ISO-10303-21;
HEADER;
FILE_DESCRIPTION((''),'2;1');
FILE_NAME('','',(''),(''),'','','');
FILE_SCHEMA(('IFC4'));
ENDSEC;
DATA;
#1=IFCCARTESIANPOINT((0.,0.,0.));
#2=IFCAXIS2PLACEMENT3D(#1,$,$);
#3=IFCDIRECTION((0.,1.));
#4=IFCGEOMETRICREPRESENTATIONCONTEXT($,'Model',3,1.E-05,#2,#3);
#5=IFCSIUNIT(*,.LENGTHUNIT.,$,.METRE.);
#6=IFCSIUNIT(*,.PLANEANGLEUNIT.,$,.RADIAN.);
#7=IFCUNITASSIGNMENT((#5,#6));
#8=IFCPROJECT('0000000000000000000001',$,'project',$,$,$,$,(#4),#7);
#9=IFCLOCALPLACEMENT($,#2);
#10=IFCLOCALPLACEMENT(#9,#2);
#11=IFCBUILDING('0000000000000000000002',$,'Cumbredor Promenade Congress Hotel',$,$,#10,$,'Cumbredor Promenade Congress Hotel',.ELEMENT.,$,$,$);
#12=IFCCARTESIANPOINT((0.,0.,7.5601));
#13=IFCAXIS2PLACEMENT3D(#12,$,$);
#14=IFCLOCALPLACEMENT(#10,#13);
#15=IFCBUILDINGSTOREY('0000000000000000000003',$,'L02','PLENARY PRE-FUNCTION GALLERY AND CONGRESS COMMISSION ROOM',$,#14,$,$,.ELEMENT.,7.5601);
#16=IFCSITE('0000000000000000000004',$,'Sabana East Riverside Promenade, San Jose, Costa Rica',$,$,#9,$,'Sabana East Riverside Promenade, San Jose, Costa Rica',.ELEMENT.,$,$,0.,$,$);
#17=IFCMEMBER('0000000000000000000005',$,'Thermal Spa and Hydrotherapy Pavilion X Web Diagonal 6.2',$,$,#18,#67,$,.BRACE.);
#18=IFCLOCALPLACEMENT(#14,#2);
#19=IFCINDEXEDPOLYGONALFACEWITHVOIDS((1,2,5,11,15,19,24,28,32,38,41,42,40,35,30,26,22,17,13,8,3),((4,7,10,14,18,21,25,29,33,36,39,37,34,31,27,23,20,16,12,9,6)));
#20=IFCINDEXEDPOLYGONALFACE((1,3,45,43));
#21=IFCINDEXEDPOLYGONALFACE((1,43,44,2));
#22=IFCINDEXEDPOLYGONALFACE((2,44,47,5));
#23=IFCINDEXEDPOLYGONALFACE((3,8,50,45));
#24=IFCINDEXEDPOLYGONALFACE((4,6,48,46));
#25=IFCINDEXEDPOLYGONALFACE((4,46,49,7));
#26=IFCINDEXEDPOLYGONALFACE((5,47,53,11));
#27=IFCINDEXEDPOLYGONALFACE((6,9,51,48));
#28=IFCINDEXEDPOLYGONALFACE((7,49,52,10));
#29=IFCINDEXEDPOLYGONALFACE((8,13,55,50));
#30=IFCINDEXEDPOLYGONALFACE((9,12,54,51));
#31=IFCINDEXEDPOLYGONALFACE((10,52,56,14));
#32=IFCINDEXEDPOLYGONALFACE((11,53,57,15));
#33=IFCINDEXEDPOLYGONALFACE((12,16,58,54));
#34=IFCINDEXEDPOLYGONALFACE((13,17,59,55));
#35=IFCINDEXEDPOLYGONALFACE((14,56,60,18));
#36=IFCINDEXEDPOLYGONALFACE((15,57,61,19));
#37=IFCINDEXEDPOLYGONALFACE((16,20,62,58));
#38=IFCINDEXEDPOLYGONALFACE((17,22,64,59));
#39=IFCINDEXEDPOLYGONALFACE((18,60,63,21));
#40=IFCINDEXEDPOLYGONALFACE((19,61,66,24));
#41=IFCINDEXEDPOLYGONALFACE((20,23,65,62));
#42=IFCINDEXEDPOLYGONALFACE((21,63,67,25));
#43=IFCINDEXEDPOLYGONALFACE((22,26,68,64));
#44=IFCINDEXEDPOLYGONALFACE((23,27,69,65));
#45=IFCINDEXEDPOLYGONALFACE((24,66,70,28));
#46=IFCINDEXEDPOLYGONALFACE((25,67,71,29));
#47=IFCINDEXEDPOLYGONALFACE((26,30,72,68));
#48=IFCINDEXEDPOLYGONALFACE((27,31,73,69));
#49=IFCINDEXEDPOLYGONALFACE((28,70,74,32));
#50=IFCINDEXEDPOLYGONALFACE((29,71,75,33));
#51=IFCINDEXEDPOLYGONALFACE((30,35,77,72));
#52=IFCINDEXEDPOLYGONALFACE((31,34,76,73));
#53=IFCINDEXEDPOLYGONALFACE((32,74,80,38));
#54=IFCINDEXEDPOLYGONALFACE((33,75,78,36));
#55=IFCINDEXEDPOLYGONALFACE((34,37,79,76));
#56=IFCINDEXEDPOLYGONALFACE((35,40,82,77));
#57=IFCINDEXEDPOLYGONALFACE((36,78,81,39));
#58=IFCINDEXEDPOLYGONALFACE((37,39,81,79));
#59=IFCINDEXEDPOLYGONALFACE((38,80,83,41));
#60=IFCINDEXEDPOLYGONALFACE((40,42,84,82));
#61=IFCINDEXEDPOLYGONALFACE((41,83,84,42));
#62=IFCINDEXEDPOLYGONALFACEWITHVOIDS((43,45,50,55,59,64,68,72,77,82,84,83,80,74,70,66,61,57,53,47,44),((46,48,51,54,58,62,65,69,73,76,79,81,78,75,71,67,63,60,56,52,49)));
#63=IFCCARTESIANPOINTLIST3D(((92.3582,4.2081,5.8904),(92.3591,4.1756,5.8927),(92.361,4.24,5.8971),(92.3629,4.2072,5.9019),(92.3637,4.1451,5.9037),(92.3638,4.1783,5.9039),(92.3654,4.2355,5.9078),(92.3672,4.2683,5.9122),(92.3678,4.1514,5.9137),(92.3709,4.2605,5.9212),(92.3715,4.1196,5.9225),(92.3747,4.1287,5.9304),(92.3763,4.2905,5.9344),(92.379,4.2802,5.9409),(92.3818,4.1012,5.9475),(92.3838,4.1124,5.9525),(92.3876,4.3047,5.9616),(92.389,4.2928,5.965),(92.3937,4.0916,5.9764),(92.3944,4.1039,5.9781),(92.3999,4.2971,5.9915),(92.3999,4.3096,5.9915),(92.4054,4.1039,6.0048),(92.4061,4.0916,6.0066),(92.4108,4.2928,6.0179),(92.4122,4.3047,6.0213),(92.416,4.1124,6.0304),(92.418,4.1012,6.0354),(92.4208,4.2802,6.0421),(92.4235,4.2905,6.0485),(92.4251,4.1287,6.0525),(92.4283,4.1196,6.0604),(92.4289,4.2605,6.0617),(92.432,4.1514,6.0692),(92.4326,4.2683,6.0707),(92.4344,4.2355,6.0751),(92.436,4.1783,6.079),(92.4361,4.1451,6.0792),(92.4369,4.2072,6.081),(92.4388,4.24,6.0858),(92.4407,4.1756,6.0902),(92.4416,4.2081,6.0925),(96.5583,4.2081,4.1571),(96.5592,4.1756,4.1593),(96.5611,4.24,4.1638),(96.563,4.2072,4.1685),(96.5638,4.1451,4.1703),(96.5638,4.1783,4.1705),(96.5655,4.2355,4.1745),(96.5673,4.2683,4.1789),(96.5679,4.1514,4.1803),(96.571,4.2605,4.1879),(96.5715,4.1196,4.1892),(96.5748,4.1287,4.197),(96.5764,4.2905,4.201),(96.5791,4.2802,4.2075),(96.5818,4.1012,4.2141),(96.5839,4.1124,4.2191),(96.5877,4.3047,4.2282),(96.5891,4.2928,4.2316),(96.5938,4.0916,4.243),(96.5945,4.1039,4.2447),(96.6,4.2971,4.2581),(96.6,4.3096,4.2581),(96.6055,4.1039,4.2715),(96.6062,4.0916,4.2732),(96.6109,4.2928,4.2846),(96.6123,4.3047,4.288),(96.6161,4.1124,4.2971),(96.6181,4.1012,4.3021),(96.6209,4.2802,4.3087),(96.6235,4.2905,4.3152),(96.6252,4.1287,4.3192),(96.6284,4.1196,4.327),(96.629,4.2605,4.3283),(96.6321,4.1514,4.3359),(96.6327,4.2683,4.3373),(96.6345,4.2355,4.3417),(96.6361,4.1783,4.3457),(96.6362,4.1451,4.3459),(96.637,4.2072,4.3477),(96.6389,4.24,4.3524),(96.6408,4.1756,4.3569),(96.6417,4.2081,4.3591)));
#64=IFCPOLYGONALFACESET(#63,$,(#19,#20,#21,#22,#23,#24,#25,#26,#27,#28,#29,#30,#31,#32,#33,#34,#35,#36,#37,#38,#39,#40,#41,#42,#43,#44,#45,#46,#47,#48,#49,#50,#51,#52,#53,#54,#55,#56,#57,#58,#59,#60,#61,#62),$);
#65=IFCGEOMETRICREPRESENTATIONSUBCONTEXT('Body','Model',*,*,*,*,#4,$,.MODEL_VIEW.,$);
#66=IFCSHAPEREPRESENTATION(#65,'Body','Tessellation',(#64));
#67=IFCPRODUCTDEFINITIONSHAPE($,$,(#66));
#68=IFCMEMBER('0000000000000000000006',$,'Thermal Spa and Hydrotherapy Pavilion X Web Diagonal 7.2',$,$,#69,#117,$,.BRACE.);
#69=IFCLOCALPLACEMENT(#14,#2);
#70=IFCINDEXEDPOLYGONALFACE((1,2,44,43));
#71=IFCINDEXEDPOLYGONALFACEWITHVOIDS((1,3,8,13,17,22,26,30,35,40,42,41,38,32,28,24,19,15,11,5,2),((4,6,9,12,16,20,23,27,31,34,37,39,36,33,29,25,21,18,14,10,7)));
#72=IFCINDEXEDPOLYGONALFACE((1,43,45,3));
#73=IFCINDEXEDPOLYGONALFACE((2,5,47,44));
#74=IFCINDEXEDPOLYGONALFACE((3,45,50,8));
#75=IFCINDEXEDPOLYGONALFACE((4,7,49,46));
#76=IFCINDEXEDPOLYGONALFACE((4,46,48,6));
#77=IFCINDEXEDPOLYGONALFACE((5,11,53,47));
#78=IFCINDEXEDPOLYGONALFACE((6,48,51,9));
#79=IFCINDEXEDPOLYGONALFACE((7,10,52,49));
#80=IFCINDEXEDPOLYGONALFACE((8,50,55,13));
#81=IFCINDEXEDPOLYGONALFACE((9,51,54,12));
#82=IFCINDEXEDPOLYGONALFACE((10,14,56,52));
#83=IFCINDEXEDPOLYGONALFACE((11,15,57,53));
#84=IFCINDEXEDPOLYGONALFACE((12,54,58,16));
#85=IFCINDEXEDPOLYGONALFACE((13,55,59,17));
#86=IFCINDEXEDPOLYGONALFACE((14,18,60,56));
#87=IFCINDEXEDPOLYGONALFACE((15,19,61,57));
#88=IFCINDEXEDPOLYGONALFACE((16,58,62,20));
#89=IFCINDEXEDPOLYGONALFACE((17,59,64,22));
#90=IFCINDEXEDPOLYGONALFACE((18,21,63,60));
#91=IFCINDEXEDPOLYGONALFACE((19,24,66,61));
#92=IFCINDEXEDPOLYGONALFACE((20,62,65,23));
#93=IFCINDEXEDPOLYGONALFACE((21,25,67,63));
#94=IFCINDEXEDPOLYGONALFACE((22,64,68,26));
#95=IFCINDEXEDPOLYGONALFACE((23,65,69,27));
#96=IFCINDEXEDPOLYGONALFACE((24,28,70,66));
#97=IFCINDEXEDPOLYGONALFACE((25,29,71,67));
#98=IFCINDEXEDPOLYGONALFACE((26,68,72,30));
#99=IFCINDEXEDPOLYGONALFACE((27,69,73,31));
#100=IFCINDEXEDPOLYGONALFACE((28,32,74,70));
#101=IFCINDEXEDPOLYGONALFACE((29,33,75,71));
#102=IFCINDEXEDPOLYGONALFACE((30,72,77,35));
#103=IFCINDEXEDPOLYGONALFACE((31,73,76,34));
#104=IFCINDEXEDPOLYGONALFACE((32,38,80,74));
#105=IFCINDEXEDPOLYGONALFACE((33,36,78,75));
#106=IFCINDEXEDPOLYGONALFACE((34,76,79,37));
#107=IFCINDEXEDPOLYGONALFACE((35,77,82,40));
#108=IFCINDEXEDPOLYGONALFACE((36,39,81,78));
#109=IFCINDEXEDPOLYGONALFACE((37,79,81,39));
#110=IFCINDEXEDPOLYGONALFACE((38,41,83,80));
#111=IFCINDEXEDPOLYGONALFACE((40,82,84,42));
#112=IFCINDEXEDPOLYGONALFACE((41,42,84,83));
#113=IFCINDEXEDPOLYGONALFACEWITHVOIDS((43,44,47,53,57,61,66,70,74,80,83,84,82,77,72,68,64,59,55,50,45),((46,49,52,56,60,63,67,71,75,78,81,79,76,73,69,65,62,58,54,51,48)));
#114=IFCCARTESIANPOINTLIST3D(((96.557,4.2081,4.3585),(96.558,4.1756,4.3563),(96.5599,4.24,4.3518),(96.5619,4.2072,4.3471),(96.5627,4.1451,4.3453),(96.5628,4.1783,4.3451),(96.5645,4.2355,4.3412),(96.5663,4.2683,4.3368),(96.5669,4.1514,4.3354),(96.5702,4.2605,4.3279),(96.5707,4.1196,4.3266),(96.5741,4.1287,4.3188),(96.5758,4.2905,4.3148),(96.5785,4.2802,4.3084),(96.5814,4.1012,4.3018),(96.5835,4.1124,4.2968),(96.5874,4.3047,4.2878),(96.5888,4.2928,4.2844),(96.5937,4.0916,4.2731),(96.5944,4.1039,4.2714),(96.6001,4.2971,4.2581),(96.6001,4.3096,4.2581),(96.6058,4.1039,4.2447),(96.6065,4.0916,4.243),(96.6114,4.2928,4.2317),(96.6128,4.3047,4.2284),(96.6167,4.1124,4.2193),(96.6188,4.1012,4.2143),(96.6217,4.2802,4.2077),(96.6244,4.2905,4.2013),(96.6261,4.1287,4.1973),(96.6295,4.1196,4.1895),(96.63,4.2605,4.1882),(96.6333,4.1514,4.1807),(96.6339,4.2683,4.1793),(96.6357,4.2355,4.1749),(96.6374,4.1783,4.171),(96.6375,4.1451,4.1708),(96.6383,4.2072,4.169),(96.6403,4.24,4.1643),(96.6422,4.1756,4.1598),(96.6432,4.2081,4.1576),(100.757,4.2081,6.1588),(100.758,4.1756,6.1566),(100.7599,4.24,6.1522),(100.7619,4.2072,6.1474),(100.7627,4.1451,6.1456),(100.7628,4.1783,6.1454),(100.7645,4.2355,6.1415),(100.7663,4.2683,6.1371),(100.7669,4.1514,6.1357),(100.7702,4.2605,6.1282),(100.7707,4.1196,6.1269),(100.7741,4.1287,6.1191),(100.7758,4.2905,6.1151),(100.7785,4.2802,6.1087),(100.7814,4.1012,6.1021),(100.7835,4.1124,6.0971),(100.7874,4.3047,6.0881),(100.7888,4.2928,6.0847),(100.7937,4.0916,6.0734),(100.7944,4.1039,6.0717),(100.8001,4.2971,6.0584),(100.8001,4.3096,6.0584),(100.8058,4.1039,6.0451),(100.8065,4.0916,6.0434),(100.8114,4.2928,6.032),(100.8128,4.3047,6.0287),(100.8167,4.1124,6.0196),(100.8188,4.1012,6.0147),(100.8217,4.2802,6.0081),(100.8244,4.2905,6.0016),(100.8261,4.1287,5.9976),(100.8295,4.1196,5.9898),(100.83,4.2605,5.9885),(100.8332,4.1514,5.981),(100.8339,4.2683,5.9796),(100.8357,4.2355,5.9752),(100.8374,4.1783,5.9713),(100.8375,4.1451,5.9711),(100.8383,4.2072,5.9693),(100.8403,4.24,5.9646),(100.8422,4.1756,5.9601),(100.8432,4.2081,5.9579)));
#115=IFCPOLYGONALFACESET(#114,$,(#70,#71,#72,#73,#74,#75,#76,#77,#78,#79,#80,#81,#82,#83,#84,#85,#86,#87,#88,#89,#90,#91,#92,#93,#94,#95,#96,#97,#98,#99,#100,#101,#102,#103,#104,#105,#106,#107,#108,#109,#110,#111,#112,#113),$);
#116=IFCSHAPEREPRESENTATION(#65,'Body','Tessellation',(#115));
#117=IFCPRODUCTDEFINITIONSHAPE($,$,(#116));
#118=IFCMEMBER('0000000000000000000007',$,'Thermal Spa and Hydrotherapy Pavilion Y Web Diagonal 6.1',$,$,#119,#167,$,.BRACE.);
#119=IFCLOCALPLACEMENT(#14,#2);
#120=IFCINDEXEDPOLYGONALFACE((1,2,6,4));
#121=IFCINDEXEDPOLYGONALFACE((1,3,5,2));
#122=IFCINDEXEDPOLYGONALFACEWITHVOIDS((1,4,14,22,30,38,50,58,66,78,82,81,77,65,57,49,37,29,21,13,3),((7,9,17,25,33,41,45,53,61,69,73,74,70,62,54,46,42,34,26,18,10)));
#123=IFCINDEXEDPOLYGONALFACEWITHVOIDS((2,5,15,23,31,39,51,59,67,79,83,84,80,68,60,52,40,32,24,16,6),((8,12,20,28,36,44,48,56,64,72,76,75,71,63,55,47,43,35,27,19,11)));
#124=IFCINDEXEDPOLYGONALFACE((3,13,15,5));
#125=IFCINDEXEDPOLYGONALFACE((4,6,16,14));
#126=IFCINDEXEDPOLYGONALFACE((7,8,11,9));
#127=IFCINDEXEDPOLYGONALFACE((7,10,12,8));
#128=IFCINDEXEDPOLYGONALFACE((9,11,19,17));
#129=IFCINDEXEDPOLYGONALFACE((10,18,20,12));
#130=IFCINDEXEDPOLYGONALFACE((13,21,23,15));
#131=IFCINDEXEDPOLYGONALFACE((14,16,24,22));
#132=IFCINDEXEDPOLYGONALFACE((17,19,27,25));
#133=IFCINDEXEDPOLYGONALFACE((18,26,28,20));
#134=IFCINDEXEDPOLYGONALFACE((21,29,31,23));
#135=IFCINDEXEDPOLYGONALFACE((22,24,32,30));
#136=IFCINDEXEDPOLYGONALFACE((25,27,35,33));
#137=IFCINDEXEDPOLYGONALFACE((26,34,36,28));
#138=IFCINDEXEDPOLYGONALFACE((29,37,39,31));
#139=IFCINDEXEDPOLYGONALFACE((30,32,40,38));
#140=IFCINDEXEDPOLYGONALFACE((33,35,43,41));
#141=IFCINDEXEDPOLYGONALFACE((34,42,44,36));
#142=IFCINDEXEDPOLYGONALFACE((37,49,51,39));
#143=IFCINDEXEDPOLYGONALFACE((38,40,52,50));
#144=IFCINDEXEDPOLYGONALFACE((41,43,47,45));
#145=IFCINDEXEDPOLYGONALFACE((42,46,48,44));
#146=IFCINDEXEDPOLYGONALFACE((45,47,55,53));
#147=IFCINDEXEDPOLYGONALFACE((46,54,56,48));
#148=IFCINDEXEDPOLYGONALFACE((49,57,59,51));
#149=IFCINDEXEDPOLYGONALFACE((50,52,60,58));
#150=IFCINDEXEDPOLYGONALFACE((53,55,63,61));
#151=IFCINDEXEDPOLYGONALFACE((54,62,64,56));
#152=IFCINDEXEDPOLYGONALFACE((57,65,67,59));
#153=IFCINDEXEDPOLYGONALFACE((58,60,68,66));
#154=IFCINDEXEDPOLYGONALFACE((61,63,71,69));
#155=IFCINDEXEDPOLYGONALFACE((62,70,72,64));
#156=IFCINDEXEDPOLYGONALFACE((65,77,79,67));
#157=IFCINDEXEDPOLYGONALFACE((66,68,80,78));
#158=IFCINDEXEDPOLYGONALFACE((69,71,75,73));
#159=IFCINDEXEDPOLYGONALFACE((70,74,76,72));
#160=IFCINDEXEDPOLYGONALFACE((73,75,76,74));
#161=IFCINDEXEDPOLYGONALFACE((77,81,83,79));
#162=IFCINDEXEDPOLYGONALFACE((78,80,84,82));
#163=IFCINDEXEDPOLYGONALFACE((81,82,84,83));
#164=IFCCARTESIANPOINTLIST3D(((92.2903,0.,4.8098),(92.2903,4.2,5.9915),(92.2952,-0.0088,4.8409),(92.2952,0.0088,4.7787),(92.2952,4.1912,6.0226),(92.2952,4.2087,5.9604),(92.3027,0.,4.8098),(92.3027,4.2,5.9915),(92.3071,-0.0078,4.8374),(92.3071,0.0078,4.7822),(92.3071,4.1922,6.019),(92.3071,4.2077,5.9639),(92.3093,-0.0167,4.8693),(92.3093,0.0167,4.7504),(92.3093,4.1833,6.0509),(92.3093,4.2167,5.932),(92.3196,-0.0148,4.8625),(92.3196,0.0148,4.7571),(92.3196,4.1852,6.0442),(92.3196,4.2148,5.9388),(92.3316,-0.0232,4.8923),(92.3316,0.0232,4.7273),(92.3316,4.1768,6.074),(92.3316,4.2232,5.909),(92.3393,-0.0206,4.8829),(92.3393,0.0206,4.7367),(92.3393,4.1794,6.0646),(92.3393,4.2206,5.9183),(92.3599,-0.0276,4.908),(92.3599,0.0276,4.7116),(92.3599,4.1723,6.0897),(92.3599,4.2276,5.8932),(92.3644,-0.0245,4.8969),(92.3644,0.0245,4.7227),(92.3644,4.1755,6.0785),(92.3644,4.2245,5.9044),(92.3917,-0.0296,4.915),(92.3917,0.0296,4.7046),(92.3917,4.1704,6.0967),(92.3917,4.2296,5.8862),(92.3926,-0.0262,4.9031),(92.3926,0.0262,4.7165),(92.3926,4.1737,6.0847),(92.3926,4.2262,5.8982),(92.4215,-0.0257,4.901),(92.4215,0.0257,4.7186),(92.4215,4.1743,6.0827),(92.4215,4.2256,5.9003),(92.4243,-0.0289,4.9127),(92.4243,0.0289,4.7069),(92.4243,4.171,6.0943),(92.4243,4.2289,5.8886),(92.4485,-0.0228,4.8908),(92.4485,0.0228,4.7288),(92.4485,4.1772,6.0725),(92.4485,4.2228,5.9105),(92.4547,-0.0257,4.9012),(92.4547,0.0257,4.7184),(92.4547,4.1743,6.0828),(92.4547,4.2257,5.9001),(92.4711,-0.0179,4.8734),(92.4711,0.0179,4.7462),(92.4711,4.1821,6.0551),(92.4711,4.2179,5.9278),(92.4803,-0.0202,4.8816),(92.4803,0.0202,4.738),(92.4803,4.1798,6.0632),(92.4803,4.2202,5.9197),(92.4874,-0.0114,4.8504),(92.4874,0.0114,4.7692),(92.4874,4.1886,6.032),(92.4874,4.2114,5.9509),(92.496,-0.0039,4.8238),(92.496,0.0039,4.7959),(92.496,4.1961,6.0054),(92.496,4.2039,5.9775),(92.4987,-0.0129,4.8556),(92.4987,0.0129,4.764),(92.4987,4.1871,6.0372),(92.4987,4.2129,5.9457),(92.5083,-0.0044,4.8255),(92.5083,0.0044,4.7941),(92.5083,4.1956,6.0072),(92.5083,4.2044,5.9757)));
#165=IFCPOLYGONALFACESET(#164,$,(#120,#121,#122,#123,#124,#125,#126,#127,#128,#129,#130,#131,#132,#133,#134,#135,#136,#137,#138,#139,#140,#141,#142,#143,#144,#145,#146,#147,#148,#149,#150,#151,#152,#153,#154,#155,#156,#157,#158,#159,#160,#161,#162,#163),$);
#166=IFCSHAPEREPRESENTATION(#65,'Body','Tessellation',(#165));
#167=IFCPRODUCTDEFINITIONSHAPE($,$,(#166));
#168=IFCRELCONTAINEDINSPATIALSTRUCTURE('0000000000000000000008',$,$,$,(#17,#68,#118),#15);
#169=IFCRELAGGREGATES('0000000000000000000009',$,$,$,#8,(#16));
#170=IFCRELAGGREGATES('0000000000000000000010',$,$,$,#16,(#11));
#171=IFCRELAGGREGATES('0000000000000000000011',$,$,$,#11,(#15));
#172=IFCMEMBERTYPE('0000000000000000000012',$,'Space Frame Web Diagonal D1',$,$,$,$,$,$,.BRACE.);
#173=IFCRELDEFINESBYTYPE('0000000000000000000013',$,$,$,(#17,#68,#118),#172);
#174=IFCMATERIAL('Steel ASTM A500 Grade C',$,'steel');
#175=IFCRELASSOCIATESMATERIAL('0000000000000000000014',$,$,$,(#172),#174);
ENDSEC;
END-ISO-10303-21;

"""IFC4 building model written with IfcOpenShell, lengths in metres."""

from ifc_helpers import new_model, si_unit, direction, frame, origin, origin_2d, place, context, subcontext, project, spatial, hollow_circle, extrude, material, material_profile, profile_set, type_object, element, save


model = new_model("IFC4")

# Units and contexts
model_context = context("Model", 3, precision=1e-05, world=origin(), true_north=direction((0.0, 1.0)))
body_context = subcontext(model_context, "Body", "Model", "MODEL_VIEW")
ifc_project = project(units=[si_unit("LENGTHUNIT", "METRE"), si_unit("PLANEANGLEUNIT", "RADIAN")], contexts=[model_context])

# Site, building, storey
site_placement = place(None, origin())
site = spatial("IfcSite", under=ifc_project, at=site_placement, Name="Sabana East Riverside Promenade, San Jose, Costa Rica", LongName="Sabana East Riverside Promenade, San Jose, Costa Rica", CompositionType="ELEMENT", RefElevation=0.0)
building_placement = place(site_placement, origin())
building = spatial("IfcBuilding", under=site, at=building_placement, Name="Cumbredor Promenade Congress Hotel", LongName="Cumbredor Promenade Congress Hotel", CompositionType="ELEMENT")
storey_placement = place(building_placement, frame((0.0, 0.0, 7.5601)))
storey = spatial("IfcBuildingStorey", under=building, at=storey_placement, Name="L02", Description="PLENARY PRE-FUNCTION GALLERY AND CONGRESS COMMISSION ROOM", CompositionType="ELEMENT", Elevation=7.5601)

# Members
ifc_material_1 = material(Name="Steel ASTM A500 Grade C", Category="steel")
ifc_material_profile_1 = material_profile(ifc_material_1, hollow_circle(Radius=0.1096, WallThickness=0.0125, at=origin_2d()), Name="CHS 219.1x12.5")
ifc_profile_set_1 = profile_set([ifc_material_profile_1], Name="Steel ASTM A500 Grade C")
member_type_1 = type_object("IfcMemberType", Name="Space Frame Web Diagonal D1", PredefinedType="BRACE", material=ifc_profile_set_1)
member_1_placement = place(storey_placement, frame((92.3999, 4.2, 5.9915), z_axis=(0.924375, 0.0, -0.381485), x_axis=(0.0, 1.0, 0.0)))
element("IfcMember", 1, at=member_1_placement, inside=storey, type_object=member_type_1, Name="Thermal Spa and Hydrotherapy Pavilion X Web Diagonal 6.2", PredefinedType="BRACE", context=body_context, shape_type="SweptSolid", body=[
    extrude(hollow_circle(Radius=0.1096, WallThickness=0.0125, at=origin_2d()), origin(), (0.0, 0.0, 1.0), 4.5437),
])
member_2_placement = place(storey_placement, frame((96.6001, 4.2, 4.2581), z_axis=(0.91912, 0.0, 0.393977), x_axis=(0.0, 1.0, 0.0)))
element("IfcMember", 2, at=member_2_placement, inside=storey, type_object=member_type_1, Name="Thermal Spa and Hydrotherapy Pavilion X Web Diagonal 7.2", PredefinedType="BRACE", context=body_context, shape_type="SweptSolid", body=[
    extrude(hollow_circle(Radius=0.1096, WallThickness=0.0125, at=origin_2d()), origin(), (0.0, 0.0, 1.0), 4.5696),
])
member_3_placement = place(storey_placement, frame((92.3999, 0.0, 4.8098), z_axis=(0.0, 0.962627, 0.270831), x_axis=(-1.0, 0.0, 0.0)))
element("IfcMember", 3, at=member_3_placement, inside=storey, type_object=member_type_1, Name="Thermal Spa and Hydrotherapy Pavilion Y Web Diagonal 6.1", PredefinedType="BRACE", context=body_context, shape_type="SweptSolid", body=[
    extrude(hollow_circle(Radius=0.1096, WallThickness=0.0125, at=origin_2d()), origin(), (0.0, 0.0, 1.0), 4.363),
])

save(model, "model.ifc")
